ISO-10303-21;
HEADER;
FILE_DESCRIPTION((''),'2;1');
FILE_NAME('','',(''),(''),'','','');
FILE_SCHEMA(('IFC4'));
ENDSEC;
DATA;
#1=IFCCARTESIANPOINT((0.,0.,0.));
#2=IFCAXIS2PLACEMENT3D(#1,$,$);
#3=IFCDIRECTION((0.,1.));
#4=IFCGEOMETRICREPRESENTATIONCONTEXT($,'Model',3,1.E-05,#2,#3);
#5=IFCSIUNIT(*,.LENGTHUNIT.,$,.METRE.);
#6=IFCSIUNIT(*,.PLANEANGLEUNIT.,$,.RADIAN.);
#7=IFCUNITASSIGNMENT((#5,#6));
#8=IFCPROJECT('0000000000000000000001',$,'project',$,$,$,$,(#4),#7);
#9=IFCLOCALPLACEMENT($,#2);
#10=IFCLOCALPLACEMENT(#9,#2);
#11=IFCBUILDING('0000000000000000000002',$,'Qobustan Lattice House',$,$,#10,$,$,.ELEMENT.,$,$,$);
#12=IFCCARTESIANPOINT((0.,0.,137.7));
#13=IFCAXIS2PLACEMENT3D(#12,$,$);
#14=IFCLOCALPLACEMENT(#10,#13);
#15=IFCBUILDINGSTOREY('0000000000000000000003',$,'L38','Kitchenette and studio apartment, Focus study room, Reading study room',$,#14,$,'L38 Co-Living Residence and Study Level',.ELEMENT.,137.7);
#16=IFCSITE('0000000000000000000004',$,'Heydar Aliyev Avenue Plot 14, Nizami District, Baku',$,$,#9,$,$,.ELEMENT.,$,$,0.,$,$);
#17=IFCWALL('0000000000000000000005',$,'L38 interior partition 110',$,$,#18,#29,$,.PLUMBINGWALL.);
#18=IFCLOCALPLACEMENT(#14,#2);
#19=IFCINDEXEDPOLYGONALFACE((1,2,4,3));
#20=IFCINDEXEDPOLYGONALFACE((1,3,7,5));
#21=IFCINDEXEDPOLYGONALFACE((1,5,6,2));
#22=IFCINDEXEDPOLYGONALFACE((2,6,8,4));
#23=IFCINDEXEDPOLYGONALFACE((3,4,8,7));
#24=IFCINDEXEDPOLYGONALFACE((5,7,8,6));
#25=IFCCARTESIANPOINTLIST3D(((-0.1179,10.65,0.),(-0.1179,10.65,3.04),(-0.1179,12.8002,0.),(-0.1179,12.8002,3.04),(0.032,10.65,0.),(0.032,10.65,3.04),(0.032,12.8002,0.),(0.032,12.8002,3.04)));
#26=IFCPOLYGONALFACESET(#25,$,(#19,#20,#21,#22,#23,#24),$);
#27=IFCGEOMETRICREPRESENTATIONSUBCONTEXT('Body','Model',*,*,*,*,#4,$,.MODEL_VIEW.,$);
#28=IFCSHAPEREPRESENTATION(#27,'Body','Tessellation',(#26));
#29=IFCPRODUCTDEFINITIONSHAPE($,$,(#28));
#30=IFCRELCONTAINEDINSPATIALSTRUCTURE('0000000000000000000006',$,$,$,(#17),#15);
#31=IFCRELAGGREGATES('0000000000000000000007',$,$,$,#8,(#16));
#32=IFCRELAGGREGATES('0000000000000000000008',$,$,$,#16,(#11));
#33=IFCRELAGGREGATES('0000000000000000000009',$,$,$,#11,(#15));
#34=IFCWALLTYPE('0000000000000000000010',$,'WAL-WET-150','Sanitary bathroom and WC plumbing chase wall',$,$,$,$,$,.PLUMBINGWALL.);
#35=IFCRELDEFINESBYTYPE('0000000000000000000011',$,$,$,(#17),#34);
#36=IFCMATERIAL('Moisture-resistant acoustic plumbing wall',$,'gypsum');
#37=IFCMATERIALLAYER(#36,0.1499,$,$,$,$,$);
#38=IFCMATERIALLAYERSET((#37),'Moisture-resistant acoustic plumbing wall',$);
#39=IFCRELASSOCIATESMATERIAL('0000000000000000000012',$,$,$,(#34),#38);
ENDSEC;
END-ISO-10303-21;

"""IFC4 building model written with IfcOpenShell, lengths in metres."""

from ifc_helpers import new_model, si_unit, direction, frame, frame_2d, origin, place, context, subcontext, project, spatial, rectangle, extrude, material, layer, layer_set, type_object, element, save


model = new_model("IFC4")

# Units and contexts
model_context = context("Model", 3, precision=1e-05, world=origin(), true_north=direction((0.0, 1.0)))
body_context = subcontext(model_context, "Body", "Model", "MODEL_VIEW")
ifc_project = project(units=[si_unit("LENGTHUNIT", "METRE"), si_unit("PLANEANGLEUNIT", "RADIAN")], contexts=[model_context])

# Site, building, storey
site_placement = place(None, origin())
site = spatial("IfcSite", under=ifc_project, at=site_placement, Name="Heydar Aliyev Avenue Plot 14, Nizami District, Baku", CompositionType="ELEMENT", RefElevation=0.0)
building_placement = place(site_placement, origin())
building = spatial("IfcBuilding", under=site, at=building_placement, Name="Qobustan Lattice House", CompositionType="ELEMENT")
storey_placement = place(building_placement, frame((0.0, 0.0, 137.7)))
storey = spatial("IfcBuildingStorey", under=building, at=storey_placement, Name="L38", Description="Kitchenette and studio apartment, Focus study room, Reading study room", LongName="L38 Co-Living Residence and Study Level", CompositionType="ELEMENT", Elevation=137.7)

# Shared definitions
ifc_material_1 = material(Name="Moisture-resistant acoustic plumbing wall", Category="gypsum")
ifc_layer_1 = layer(ifc_material_1, 0.1499)
ifc_layer_set_1 = layer_set([ifc_layer_1], Name="Moisture-resistant acoustic plumbing wall")
wall_type_1 = type_object("IfcWallType", Name="WAL-WET-150", Description="Sanitary bathroom and WC plumbing chase wall", PredefinedType="PLUMBINGWALL", material=ifc_layer_set_1)

# Wall
wall_1_placement = place(storey_placement, frame((-0.043, 10.6499, 0.0), z_axis=(0.0, 0.0, 1.0), x_axis=(0.0, 1.0, 0.0)))
element("IfcWall", 1, at=wall_1_placement, inside=storey, type_object=wall_type_1, Name="L38 interior partition 110", PredefinedType="PLUMBINGWALL", context=body_context, shape_type="SweptSolid", body=[
    extrude(rectangle(XDim=2.1501, YDim=0.1499, at=frame_2d((1.0752, 0.0))), origin(), (0.0, 0.0, 1.0), 3.04),
])

save(model, "model.ifc")
